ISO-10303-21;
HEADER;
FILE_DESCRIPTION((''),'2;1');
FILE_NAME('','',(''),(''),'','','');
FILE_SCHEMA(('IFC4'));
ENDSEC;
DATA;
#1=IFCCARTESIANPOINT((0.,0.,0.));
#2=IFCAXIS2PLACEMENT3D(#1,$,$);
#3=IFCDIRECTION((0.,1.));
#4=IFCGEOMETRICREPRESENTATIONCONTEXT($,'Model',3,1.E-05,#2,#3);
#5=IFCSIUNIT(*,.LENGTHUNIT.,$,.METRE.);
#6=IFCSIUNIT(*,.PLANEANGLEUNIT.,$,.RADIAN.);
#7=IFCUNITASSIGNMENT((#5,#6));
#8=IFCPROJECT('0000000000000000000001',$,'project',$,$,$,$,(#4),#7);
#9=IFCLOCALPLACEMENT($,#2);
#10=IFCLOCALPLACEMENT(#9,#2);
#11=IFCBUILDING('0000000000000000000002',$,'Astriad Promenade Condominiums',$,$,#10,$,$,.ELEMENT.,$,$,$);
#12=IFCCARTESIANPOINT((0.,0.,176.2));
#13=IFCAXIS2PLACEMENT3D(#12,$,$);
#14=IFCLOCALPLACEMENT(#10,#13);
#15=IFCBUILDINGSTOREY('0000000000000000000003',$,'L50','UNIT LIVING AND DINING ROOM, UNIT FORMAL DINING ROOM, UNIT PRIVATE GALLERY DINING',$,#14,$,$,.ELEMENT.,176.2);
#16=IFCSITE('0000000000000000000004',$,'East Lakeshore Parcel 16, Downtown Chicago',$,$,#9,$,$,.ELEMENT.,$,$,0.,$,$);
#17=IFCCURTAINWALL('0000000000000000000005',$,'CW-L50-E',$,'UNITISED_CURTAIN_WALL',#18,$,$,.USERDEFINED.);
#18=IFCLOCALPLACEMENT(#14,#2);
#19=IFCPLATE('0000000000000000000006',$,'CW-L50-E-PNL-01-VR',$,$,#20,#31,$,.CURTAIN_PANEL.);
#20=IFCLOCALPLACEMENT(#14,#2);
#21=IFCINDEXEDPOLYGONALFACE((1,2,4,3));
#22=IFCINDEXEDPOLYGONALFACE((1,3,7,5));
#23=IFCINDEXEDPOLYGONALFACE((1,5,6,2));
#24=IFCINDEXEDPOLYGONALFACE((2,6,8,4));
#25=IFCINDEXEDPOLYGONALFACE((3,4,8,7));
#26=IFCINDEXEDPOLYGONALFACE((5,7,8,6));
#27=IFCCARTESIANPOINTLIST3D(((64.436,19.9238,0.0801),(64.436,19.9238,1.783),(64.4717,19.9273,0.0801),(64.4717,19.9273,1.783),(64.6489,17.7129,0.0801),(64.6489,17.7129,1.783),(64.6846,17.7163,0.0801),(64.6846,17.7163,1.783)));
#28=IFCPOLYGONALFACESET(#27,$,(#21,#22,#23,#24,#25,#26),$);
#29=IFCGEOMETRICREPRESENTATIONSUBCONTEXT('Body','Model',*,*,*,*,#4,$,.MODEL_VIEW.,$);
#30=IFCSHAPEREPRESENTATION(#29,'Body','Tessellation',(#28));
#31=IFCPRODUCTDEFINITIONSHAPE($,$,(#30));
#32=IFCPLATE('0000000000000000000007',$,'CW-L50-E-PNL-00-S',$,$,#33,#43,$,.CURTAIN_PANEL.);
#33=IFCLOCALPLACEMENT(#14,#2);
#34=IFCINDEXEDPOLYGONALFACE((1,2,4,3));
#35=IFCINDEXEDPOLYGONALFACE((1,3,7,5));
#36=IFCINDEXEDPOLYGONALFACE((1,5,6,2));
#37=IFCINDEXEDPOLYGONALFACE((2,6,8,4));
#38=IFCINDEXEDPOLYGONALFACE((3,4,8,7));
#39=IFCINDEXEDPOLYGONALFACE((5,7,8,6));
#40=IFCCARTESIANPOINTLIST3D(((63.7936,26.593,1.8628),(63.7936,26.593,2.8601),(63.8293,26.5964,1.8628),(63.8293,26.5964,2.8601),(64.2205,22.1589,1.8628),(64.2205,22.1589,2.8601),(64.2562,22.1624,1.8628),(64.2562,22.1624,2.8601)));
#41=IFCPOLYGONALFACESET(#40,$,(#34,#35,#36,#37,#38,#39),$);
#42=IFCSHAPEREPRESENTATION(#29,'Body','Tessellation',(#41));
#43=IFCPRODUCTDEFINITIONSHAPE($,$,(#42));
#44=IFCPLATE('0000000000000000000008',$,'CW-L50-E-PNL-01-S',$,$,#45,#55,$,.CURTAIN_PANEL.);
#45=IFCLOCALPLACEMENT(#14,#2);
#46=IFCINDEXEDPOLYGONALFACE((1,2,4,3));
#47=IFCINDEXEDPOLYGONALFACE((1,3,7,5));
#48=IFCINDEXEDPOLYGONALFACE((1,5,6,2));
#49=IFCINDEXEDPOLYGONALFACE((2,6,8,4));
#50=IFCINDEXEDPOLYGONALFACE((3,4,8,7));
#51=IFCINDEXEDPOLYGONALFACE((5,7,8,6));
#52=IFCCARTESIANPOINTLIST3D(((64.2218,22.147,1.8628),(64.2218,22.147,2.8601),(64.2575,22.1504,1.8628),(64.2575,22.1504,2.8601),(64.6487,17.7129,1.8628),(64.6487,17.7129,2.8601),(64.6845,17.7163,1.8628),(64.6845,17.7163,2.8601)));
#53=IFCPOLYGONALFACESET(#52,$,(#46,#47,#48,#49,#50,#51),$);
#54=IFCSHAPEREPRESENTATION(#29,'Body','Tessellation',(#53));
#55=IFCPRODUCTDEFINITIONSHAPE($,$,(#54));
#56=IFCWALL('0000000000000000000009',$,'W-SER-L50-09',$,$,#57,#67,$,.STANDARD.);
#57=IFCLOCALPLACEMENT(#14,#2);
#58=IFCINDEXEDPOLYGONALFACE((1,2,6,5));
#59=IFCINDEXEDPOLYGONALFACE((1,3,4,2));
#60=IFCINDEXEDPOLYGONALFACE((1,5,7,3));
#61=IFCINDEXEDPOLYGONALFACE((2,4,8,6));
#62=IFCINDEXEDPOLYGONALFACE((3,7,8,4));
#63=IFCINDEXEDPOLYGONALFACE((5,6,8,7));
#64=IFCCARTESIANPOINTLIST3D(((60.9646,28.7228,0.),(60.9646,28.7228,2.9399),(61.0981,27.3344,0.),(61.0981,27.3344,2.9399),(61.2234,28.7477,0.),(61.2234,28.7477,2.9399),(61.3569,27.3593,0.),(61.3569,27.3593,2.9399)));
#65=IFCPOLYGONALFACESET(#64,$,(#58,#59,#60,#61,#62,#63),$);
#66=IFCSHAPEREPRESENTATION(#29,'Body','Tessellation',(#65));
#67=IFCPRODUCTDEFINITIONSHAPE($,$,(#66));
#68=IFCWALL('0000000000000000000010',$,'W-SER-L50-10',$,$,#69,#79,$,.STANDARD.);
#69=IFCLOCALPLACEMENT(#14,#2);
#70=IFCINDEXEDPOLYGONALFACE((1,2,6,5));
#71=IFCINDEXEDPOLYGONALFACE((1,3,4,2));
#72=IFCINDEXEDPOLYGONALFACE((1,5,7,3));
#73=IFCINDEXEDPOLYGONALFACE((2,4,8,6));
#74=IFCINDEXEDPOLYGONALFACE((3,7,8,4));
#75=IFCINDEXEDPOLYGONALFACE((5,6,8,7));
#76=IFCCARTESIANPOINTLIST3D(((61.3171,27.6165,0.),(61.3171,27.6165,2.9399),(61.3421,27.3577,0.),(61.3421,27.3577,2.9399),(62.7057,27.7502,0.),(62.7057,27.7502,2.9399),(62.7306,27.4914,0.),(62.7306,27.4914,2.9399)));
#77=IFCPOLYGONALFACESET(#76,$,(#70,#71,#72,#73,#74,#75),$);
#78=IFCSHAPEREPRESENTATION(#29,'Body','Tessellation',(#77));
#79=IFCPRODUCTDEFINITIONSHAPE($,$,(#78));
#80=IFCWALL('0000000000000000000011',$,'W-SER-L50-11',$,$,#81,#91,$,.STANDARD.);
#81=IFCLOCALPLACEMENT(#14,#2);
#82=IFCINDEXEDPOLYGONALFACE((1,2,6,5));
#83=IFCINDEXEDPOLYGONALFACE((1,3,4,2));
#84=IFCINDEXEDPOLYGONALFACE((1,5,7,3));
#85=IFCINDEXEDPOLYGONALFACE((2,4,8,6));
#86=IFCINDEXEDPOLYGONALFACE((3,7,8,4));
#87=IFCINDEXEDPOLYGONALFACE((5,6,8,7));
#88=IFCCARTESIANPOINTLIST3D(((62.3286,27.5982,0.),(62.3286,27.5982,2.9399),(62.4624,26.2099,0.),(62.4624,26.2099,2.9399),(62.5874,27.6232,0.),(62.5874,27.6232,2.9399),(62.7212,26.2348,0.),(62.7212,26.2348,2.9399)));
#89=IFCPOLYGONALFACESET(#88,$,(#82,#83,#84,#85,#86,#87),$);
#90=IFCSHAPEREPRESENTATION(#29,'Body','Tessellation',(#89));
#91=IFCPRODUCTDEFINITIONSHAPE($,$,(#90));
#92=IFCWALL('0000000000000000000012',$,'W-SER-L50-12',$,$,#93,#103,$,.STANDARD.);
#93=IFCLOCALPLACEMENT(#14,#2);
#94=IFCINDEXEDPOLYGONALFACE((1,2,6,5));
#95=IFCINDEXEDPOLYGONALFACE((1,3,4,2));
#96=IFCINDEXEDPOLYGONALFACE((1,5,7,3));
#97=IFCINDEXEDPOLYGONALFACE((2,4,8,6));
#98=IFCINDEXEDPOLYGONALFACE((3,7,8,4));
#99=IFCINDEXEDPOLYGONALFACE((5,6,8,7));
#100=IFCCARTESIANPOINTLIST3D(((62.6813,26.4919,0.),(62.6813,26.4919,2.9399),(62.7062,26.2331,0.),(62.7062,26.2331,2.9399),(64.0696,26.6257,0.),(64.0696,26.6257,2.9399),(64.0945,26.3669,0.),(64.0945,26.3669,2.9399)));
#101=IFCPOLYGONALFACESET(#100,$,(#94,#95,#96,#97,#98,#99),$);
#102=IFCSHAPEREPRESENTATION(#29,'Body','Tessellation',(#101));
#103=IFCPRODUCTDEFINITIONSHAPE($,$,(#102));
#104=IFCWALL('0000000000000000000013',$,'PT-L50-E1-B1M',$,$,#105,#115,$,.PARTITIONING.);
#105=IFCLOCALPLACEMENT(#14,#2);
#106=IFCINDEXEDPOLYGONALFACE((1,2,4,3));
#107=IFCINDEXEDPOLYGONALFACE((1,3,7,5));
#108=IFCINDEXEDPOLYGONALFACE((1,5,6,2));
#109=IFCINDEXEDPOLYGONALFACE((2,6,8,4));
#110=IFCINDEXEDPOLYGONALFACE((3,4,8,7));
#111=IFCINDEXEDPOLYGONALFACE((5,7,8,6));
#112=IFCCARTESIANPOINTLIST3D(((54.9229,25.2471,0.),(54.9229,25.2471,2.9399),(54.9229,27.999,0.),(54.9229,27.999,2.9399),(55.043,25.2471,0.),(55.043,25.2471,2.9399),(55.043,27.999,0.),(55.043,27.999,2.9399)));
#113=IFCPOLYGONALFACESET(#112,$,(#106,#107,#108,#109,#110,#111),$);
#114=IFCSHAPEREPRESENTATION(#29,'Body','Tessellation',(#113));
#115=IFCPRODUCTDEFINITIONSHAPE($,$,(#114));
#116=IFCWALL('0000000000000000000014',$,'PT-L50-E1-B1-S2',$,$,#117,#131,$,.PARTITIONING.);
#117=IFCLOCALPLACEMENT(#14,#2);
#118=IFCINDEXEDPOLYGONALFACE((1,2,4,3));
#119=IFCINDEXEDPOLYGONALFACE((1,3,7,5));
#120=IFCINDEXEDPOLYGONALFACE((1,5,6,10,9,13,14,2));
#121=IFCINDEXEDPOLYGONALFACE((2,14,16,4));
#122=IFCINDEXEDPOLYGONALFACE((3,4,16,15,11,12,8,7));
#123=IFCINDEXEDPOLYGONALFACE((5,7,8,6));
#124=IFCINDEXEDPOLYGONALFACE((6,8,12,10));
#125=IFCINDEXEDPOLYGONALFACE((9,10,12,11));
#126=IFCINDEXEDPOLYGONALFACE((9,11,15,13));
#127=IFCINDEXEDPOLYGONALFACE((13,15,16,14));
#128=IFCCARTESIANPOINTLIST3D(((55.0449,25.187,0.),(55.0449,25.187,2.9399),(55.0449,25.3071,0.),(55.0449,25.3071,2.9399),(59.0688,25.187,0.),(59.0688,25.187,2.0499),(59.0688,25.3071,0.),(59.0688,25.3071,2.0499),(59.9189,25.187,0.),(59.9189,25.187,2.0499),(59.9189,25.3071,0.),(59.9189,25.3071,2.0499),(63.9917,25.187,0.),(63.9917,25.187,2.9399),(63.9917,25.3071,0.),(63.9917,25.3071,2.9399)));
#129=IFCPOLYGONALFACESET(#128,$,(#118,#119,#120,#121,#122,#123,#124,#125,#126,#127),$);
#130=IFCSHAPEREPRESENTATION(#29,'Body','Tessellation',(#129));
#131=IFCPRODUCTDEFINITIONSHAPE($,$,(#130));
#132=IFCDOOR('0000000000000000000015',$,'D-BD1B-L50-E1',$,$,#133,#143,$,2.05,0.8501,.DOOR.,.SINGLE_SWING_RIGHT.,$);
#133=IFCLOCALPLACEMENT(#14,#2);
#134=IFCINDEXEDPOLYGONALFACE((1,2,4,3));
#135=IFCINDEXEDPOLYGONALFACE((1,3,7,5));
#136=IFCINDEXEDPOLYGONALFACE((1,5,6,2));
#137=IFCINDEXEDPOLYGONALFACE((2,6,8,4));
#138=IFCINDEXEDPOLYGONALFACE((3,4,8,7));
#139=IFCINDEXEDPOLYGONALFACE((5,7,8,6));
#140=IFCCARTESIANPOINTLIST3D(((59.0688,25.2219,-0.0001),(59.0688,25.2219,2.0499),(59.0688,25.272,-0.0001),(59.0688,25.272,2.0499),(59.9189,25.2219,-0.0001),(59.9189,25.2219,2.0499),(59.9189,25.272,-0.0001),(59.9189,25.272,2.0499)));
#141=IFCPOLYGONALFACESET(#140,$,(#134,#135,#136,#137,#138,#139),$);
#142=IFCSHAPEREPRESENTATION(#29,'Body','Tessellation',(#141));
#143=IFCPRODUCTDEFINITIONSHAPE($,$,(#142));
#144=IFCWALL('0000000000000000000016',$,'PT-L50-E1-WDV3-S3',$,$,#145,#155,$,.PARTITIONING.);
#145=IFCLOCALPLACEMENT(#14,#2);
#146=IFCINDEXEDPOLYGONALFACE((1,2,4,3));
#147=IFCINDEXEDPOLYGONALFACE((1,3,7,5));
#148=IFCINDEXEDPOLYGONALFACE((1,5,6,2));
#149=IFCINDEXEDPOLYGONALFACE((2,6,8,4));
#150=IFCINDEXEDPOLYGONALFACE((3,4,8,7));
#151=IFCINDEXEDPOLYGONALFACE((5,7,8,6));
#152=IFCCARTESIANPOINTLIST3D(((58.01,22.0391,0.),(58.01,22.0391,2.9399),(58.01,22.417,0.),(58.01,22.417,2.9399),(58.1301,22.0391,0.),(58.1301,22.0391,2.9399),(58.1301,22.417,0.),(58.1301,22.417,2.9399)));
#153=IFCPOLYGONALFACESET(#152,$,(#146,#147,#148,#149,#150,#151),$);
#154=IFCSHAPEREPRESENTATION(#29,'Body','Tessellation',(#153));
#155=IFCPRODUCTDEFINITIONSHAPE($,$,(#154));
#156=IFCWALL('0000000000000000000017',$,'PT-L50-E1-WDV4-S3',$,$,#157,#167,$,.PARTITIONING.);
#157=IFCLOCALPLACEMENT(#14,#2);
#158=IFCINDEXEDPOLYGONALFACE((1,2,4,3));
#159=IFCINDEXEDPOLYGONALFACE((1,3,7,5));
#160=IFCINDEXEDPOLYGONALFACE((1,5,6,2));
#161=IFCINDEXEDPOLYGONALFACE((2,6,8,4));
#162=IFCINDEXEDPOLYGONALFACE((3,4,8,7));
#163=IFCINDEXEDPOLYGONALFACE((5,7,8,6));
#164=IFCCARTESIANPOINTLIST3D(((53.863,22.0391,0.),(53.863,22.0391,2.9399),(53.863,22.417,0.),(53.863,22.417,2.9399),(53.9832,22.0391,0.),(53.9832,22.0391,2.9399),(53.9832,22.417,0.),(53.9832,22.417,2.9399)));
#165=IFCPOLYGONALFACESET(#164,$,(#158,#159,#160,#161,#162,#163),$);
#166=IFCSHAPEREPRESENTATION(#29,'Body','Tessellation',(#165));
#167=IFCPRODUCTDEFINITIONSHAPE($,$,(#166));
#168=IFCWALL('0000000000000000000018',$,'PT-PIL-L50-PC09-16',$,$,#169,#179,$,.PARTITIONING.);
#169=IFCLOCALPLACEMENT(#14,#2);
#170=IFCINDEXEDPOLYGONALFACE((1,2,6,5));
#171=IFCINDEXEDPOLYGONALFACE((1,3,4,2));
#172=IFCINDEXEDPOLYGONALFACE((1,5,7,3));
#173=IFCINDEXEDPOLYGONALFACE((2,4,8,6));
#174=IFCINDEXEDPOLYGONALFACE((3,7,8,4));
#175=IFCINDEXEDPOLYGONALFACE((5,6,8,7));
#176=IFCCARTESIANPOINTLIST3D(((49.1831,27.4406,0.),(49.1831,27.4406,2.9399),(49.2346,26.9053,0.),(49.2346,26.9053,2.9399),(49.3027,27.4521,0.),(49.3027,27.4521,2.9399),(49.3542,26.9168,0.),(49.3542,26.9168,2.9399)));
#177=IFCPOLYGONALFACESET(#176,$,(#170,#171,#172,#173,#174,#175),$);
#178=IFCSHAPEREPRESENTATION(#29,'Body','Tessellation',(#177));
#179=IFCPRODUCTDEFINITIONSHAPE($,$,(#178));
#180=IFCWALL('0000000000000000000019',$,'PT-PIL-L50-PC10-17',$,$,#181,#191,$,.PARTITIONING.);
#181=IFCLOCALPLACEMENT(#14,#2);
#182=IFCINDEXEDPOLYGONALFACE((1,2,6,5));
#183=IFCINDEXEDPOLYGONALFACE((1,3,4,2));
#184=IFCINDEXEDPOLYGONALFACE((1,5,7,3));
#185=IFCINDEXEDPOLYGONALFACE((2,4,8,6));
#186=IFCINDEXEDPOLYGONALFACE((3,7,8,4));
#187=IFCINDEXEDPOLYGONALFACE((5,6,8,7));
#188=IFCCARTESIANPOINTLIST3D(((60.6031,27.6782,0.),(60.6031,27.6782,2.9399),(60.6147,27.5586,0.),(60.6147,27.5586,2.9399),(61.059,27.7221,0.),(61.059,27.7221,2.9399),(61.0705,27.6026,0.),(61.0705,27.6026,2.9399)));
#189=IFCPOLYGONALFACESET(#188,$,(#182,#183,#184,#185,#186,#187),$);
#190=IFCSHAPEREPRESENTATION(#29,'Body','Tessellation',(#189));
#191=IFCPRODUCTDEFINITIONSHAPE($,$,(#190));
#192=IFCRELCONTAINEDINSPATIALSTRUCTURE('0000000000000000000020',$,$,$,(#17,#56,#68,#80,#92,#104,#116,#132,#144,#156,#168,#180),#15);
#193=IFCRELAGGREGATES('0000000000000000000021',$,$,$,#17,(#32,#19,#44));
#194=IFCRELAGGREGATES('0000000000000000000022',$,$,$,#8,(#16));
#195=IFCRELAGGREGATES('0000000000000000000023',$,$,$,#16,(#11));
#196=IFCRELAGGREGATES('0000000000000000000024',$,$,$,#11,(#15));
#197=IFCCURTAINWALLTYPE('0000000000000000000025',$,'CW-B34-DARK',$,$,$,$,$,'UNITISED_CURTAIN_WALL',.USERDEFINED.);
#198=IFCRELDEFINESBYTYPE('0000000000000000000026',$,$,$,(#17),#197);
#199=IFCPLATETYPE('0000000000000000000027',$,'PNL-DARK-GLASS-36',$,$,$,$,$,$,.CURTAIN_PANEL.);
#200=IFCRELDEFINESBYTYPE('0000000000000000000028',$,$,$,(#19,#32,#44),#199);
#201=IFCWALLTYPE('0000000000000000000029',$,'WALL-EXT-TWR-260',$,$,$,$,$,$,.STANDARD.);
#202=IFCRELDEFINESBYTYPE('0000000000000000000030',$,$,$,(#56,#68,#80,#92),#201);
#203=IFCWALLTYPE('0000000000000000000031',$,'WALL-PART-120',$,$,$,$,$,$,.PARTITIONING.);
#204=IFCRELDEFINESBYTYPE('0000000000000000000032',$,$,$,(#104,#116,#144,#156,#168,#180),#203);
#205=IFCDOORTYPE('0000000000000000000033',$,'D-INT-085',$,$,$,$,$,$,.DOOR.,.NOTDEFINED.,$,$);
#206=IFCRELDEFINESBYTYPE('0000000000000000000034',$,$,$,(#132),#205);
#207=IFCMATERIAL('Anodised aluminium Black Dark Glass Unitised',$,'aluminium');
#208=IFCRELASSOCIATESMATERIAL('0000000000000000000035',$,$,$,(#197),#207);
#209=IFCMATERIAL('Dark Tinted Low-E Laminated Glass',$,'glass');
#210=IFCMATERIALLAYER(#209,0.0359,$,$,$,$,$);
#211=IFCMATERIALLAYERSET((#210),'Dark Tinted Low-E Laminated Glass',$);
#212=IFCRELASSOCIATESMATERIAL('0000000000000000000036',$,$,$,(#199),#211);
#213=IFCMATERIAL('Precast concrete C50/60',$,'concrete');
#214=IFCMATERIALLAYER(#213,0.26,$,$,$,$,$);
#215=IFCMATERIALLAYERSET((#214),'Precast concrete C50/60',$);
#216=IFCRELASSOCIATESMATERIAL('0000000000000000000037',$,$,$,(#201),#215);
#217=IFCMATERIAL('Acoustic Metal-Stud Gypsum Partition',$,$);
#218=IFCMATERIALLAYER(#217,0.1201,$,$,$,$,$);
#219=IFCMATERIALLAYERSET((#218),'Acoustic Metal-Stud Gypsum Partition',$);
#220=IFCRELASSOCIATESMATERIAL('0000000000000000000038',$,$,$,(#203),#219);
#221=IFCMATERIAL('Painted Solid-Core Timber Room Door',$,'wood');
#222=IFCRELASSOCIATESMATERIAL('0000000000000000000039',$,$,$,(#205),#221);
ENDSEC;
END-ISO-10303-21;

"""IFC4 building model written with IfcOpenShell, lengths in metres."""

from ifc_helpers import new_model, si_unit, direction, frame, frame_2d, origin, origin_2d, place, context, subcontext, project, spatial, rectangle, extrude, source, transform, mapped, material, layer, layer_set, type_object, type_shapes, element, fill, aggregate, save


model = new_model("IFC4")

# Units and contexts
model_context = context("Model", 3, precision=1e-05, world=origin(), true_north=direction((0.0, 1.0)))
body_context = subcontext(model_context, "Body", "Model", "MODEL_VIEW")
ifc_project = project(units=[si_unit("LENGTHUNIT", "METRE"), si_unit("PLANEANGLEUNIT", "RADIAN")], contexts=[model_context])

# Site, building, storey
site_placement = place(None, origin())
site = spatial("IfcSite", under=ifc_project, at=site_placement, Name="East Lakeshore Parcel 16, Downtown Chicago", CompositionType="ELEMENT", RefElevation=0.0)
building_placement = place(site_placement, origin())
building = spatial("IfcBuilding", under=site, at=building_placement, Name="Astriad Promenade Condominiums", CompositionType="ELEMENT")
storey_placement = place(building_placement, frame((0.0, 0.0, 176.2)))
storey = spatial("IfcBuildingStorey", under=building, at=storey_placement, Name="L50", Description="UNIT LIVING AND DINING ROOM, UNIT FORMAL DINING ROOM, UNIT PRIVATE GALLERY DINING", CompositionType="ELEMENT", Elevation=176.2)

# Curtain wall, plates
ifc_material_1 = material(Name="Anodised aluminium Black Dark Glass Unitised", Category="aluminium")
curtain_wall_type = type_object("IfcCurtainWallType", Name="CW-B34-DARK", ElementType="UNITISED_CURTAIN_WALL", PredefinedType="USERDEFINED", material=ifc_material_1)
curtain_wall_placement = place(storey_placement, origin())
curtain_wall = element("IfcCurtainWall", 1, at=curtain_wall_placement, inside=storey, type_object=curtain_wall_type, Name="CW-L50-E", ObjectType="UNITISED_CURTAIN_WALL", PredefinedType="USERDEFINED")
ifc_material_2 = material(Name="Dark Tinted Low-E Laminated Glass", Category="glass")
ifc_layer_1 = layer(ifc_material_2, 0.0359)
ifc_layer_set_1 = layer_set([ifc_layer_1], Name="Dark Tinted Low-E Laminated Glass")
plate_type = type_object("IfcPlateType", Name="PNL-DARK-GLASS-36", PredefinedType="CURTAIN_PANEL", material=ifc_layer_set_1)
shared_shape_1 = source(origin(), body_context, "Body", "SweptSolid", [
    extrude(rectangle(XDim=2.2212, YDim=0.0359, at=origin_2d()), origin(), (0.0, 0.0, 1.0), 1.7029),
])
plate_1_placement = place(storey_placement, frame((64.5603, 18.8201, 0.0801), z_axis=(0.0, 0.0, 1.0), x_axis=(0.095846, -0.995396, 0.0)))
plate_1 = element("IfcPlate", 2, at=plate_1_placement, type_object=plate_type, Name="CW-L50-E-PNL-01-VR", PredefinedType="CURTAIN_PANEL", context=body_context, shape_type="MappedRepresentation", body=[
    mapped(shared_shape_1, transform((0.0, 0.0, 0.0), scale=1.0)),
])
shared_shape_2 = source(origin(), body_context, "Body", "SweptSolid", [
    extrude(rectangle(XDim=4.4546, YDim=0.0359, at=origin_2d()), origin(), (0.0, 0.0, 1.0), 0.9973),
])
type_shapes(plate_type, [shared_shape_1, shared_shape_2])
plate_2_placement = place(storey_placement, frame((64.0249, 24.3777, 1.8628), z_axis=(0.0, 0.0, 1.0), x_axis=(0.095846, -0.995396, 0.0)))
plate_2 = element("IfcPlate", 3, at=plate_2_placement, type_object=plate_type, Name="CW-L50-E-PNL-00-S", PredefinedType="CURTAIN_PANEL", context=body_context, shape_type="MappedRepresentation", body=[
    mapped(shared_shape_2, transform((0.0, 0.0, 0.0), scale=1.0)),
])
plate_3_placement = place(storey_placement, frame((64.4531, 19.9316, 1.8628), z_axis=(0.0, 0.0, 1.0), x_axis=(0.095846, -0.995396, 0.0)))
plate_3 = element("IfcPlate", 4, at=plate_3_placement, type_object=plate_type, Name="CW-L50-E-PNL-01-S", PredefinedType="CURTAIN_PANEL", context=body_context, shape_type="MappedRepresentation", body=[
    mapped(shared_shape_2, transform((0.0, 0.0, 0.0), scale=1.0)),
])
aggregate(curtain_wall, [plate_2, plate_1, plate_3])

# Walls
ifc_material_3 = material(Name="Precast concrete C50/60", Category="concrete")
ifc_layer_2 = layer(ifc_material_3, 0.26)
ifc_layer_set_2 = layer_set([ifc_layer_2], Name="Precast concrete C50/60")
wall_type_1 = type_object("IfcWallType", Name="WALL-EXT-TWR-260", PredefinedType="STANDARD", material=ifc_layer_set_2)
wall_1_placement = place(storey_placement, frame((61.094, 28.7351, 0.0), z_axis=(0.0, 0.0, 1.0), x_axis=(0.095742, -0.995406, 0.0)))
element("IfcWall", 5, at=wall_1_placement, inside=storey, type_object=wall_type_1, Name="W-SER-L50-09", PredefinedType="STANDARD", context=body_context, shape_type="SweptSolid", body=[
    extrude(rectangle(XDim=1.3948, YDim=0.26, at=frame_2d((0.6973, 0.0))), origin(), (0.0, 0.0, 1.0), 2.9399),
])
wall_2_placement = place(storey_placement, frame((61.3296, 27.4871, 0.0), z_axis=(0.0, 0.0, 1.0), x_axis=(0.995391, 0.095899, 0.0)))
element("IfcWall", 6, at=wall_2_placement, inside=storey, type_object=wall_type_1, Name="W-SER-L50-10", PredefinedType="STANDARD", context=body_context, shape_type="SweptSolid", body=[
    extrude(rectangle(XDim=1.395, YDim=0.26, at=frame_2d((0.6975, 0.0))), origin(), (0.0, 0.0, 1.0), 2.9399),
])
for number, where, z_axis, x_axis, name in (
    (7, (62.458, 27.6106, 0.0), (0.0, 0.0, 1.0), (0.095916, -0.995389, 0.0), "W-SER-L50-11"),
    (8, (62.6938, 26.3625, 0.0), (0.0, 0.0, 1.0), (0.995389, 0.095916, 0.0), "W-SER-L50-12"),
):
    element("IfcWall", number, at=place(storey_placement, frame(where, z_axis=z_axis, x_axis=x_axis)), inside=storey, type_object=wall_type_1, Name=name, PredefinedType="STANDARD", context=body_context, shape_type="SweptSolid", body=[
        extrude(rectangle(XDim=1.3948, YDim=0.26, at=frame_2d((0.6973, 0.0))), origin(), (0.0, 0.0, 1.0), 2.9399),
    ])
ifc_material_4 = material(Name="Acoustic Metal-Stud Gypsum Partition")
ifc_layer_3 = layer(ifc_material_4, 0.1201)
ifc_layer_set_3 = layer_set([ifc_layer_3], Name="Acoustic Metal-Stud Gypsum Partition")
wall_type_2 = type_object("IfcWallType", Name="WALL-PART-120", PredefinedType="PARTITIONING", material=ifc_layer_set_3)
wall_3_placement = place(storey_placement, frame((54.9829, 25.2471, 0.0), z_axis=(0.0, 0.0, 1.0), x_axis=(0.0, 1.0, 0.0)))
element("IfcWall", 9, at=wall_3_placement, inside=storey, type_object=wall_type_2, Name="PT-L50-E1-B1M", PredefinedType="PARTITIONING", context=body_context, shape_type="SweptSolid", body=[
    extrude(rectangle(XDim=2.752, YDim=0.1201, at=frame_2d((1.376, 0.0))), origin(), (0.0, 0.0, 1.0), 2.9399),
])

# Wall, opening, door
wall_4_placement = place(storey_placement, frame((55.0449, 25.2471, 0.0), z_axis=(0.0, 0.0, 1.0), x_axis=(1.0, 0.0, 0.0)))
wall_4 = element("IfcWall", 10, at=wall_4_placement, inside=storey, type_object=wall_type_2, Name="PT-L50-E1-B1-S2", PredefinedType="PARTITIONING", context=body_context, shape_type="SweptSolid", body=[
    extrude(rectangle(XDim=8.9468, YDim=0.1201, at=frame_2d((4.4734, 0.0))), origin(), (0.0, 0.0, 1.0), 2.9399),
])
opening_placement = place(wall_4_placement, frame((4.0239, 0.0, 0.0)))
opening = element("IfcOpeningElement", 11, at=opening_placement, cuts=wall_4, PredefinedType="OPENING", context=body_context, shape_type="SweptSolid", body=[
    extrude(rectangle(XDim=0.8501, YDim=2.05, at=frame_2d((0.425, 1.0249))), frame((0.0, 0.0701, 0.0), z_axis=(0.0, -1.0, 0.0), x_axis=(1.0, 0.0, 0.0)), (0.0, 0.0, 1.0), 0.1401),
])
ifc_material_5 = material(Name="Painted Solid-Core Timber Room Door", Category="wood")
door_type = type_object("IfcDoorType", Name="D-INT-085", OperationType="NOTDEFINED", PredefinedType="DOOR", material=ifc_material_5)
shared_shape_3 = source(origin(), body_context, "Body", "SweptSolid", [
    extrude(rectangle(XDim=0.8501, YDim=2.05, at=frame_2d((0.425, 1.0249))), frame((0.0, 0.0249, 0.0), z_axis=(0.0, -1.0, 0.0), x_axis=(1.0, 0.0, 0.0)), (0.0, 0.0, 1.0), 0.05),
])
type_shapes(door_type, [shared_shape_3])
door_placement = place(opening_placement, origin())
door = element("IfcDoor", 12, at=door_placement, inside=storey, type_object=door_type, Name="D-BD1B-L50-E1", OperationType="SINGLE_SWING_RIGHT", OverallHeight=2.05, OverallWidth=0.8501, PredefinedType="DOOR", context=body_context, shape_type="MappedRepresentation", body=[
    mapped(shared_shape_3, transform((0.0, 0.0, 0.0), scale=1.0)),
])
fill(opening, door)

# Walls
for number, where, z_axis, x_axis, name in (
    (13, (58.0701, 22.0391, 0.0), (0.0, 0.0, 1.0), (0.0, 1.0, 0.0), "PT-L50-E1-WDV3-S3"),
    (14, (53.9231, 22.0391, 0.0), (0.0, 0.0, 1.0), (0.0, 1.0, 0.0), "PT-L50-E1-WDV4-S3"),
):
    element("IfcWall", number, at=place(storey_placement, frame(where, z_axis=z_axis, x_axis=x_axis)), inside=storey, type_object=wall_type_2, Name=name, PredefinedType="PARTITIONING", context=body_context, shape_type="SweptSolid", body=[
        extrude(rectangle(XDim=0.3779, YDim=0.1201, at=frame_2d((0.189, 0.0))), origin(), (0.0, 0.0, 1.0), 2.9399),
    ])
wall_5_placement = place(storey_placement, frame((49.2944, 26.9109, 0.0), z_axis=(0.0, 0.0, 1.0), x_axis=(-0.095773, 0.995403, 0.0)))
element("IfcWall", 15, at=wall_5_placement, inside=storey, type_object=wall_type_2, Name="PT-PIL-L50-PC09-16", PredefinedType="PARTITIONING", context=body_context, shape_type="SweptSolid", body=[
    extrude(rectangle(XDim=0.5378, YDim=0.1201, at=frame_2d((0.269, 0.0))), origin(), (0.0, 0.0, 1.0), 2.9399),
])
wall_6_placement = place(storey_placement, frame((60.6089, 27.6184, 0.0), z_axis=(0.0, 0.0, 1.0), x_axis=(0.995385, 0.095966, 0.0)))
element("IfcWall", 16, at=wall_6_placement, inside=storey, type_object=wall_type_2, Name="PT-PIL-L50-PC10-17", PredefinedType="PARTITIONING", context=body_context, shape_type="SweptSolid", body=[
    extrude(rectangle(XDim=0.458, YDim=0.1201, at=frame_2d((0.229, 0.0))), origin(), (0.0, 0.0, 1.0), 2.9399),
])

save(model, "model.ifc")
